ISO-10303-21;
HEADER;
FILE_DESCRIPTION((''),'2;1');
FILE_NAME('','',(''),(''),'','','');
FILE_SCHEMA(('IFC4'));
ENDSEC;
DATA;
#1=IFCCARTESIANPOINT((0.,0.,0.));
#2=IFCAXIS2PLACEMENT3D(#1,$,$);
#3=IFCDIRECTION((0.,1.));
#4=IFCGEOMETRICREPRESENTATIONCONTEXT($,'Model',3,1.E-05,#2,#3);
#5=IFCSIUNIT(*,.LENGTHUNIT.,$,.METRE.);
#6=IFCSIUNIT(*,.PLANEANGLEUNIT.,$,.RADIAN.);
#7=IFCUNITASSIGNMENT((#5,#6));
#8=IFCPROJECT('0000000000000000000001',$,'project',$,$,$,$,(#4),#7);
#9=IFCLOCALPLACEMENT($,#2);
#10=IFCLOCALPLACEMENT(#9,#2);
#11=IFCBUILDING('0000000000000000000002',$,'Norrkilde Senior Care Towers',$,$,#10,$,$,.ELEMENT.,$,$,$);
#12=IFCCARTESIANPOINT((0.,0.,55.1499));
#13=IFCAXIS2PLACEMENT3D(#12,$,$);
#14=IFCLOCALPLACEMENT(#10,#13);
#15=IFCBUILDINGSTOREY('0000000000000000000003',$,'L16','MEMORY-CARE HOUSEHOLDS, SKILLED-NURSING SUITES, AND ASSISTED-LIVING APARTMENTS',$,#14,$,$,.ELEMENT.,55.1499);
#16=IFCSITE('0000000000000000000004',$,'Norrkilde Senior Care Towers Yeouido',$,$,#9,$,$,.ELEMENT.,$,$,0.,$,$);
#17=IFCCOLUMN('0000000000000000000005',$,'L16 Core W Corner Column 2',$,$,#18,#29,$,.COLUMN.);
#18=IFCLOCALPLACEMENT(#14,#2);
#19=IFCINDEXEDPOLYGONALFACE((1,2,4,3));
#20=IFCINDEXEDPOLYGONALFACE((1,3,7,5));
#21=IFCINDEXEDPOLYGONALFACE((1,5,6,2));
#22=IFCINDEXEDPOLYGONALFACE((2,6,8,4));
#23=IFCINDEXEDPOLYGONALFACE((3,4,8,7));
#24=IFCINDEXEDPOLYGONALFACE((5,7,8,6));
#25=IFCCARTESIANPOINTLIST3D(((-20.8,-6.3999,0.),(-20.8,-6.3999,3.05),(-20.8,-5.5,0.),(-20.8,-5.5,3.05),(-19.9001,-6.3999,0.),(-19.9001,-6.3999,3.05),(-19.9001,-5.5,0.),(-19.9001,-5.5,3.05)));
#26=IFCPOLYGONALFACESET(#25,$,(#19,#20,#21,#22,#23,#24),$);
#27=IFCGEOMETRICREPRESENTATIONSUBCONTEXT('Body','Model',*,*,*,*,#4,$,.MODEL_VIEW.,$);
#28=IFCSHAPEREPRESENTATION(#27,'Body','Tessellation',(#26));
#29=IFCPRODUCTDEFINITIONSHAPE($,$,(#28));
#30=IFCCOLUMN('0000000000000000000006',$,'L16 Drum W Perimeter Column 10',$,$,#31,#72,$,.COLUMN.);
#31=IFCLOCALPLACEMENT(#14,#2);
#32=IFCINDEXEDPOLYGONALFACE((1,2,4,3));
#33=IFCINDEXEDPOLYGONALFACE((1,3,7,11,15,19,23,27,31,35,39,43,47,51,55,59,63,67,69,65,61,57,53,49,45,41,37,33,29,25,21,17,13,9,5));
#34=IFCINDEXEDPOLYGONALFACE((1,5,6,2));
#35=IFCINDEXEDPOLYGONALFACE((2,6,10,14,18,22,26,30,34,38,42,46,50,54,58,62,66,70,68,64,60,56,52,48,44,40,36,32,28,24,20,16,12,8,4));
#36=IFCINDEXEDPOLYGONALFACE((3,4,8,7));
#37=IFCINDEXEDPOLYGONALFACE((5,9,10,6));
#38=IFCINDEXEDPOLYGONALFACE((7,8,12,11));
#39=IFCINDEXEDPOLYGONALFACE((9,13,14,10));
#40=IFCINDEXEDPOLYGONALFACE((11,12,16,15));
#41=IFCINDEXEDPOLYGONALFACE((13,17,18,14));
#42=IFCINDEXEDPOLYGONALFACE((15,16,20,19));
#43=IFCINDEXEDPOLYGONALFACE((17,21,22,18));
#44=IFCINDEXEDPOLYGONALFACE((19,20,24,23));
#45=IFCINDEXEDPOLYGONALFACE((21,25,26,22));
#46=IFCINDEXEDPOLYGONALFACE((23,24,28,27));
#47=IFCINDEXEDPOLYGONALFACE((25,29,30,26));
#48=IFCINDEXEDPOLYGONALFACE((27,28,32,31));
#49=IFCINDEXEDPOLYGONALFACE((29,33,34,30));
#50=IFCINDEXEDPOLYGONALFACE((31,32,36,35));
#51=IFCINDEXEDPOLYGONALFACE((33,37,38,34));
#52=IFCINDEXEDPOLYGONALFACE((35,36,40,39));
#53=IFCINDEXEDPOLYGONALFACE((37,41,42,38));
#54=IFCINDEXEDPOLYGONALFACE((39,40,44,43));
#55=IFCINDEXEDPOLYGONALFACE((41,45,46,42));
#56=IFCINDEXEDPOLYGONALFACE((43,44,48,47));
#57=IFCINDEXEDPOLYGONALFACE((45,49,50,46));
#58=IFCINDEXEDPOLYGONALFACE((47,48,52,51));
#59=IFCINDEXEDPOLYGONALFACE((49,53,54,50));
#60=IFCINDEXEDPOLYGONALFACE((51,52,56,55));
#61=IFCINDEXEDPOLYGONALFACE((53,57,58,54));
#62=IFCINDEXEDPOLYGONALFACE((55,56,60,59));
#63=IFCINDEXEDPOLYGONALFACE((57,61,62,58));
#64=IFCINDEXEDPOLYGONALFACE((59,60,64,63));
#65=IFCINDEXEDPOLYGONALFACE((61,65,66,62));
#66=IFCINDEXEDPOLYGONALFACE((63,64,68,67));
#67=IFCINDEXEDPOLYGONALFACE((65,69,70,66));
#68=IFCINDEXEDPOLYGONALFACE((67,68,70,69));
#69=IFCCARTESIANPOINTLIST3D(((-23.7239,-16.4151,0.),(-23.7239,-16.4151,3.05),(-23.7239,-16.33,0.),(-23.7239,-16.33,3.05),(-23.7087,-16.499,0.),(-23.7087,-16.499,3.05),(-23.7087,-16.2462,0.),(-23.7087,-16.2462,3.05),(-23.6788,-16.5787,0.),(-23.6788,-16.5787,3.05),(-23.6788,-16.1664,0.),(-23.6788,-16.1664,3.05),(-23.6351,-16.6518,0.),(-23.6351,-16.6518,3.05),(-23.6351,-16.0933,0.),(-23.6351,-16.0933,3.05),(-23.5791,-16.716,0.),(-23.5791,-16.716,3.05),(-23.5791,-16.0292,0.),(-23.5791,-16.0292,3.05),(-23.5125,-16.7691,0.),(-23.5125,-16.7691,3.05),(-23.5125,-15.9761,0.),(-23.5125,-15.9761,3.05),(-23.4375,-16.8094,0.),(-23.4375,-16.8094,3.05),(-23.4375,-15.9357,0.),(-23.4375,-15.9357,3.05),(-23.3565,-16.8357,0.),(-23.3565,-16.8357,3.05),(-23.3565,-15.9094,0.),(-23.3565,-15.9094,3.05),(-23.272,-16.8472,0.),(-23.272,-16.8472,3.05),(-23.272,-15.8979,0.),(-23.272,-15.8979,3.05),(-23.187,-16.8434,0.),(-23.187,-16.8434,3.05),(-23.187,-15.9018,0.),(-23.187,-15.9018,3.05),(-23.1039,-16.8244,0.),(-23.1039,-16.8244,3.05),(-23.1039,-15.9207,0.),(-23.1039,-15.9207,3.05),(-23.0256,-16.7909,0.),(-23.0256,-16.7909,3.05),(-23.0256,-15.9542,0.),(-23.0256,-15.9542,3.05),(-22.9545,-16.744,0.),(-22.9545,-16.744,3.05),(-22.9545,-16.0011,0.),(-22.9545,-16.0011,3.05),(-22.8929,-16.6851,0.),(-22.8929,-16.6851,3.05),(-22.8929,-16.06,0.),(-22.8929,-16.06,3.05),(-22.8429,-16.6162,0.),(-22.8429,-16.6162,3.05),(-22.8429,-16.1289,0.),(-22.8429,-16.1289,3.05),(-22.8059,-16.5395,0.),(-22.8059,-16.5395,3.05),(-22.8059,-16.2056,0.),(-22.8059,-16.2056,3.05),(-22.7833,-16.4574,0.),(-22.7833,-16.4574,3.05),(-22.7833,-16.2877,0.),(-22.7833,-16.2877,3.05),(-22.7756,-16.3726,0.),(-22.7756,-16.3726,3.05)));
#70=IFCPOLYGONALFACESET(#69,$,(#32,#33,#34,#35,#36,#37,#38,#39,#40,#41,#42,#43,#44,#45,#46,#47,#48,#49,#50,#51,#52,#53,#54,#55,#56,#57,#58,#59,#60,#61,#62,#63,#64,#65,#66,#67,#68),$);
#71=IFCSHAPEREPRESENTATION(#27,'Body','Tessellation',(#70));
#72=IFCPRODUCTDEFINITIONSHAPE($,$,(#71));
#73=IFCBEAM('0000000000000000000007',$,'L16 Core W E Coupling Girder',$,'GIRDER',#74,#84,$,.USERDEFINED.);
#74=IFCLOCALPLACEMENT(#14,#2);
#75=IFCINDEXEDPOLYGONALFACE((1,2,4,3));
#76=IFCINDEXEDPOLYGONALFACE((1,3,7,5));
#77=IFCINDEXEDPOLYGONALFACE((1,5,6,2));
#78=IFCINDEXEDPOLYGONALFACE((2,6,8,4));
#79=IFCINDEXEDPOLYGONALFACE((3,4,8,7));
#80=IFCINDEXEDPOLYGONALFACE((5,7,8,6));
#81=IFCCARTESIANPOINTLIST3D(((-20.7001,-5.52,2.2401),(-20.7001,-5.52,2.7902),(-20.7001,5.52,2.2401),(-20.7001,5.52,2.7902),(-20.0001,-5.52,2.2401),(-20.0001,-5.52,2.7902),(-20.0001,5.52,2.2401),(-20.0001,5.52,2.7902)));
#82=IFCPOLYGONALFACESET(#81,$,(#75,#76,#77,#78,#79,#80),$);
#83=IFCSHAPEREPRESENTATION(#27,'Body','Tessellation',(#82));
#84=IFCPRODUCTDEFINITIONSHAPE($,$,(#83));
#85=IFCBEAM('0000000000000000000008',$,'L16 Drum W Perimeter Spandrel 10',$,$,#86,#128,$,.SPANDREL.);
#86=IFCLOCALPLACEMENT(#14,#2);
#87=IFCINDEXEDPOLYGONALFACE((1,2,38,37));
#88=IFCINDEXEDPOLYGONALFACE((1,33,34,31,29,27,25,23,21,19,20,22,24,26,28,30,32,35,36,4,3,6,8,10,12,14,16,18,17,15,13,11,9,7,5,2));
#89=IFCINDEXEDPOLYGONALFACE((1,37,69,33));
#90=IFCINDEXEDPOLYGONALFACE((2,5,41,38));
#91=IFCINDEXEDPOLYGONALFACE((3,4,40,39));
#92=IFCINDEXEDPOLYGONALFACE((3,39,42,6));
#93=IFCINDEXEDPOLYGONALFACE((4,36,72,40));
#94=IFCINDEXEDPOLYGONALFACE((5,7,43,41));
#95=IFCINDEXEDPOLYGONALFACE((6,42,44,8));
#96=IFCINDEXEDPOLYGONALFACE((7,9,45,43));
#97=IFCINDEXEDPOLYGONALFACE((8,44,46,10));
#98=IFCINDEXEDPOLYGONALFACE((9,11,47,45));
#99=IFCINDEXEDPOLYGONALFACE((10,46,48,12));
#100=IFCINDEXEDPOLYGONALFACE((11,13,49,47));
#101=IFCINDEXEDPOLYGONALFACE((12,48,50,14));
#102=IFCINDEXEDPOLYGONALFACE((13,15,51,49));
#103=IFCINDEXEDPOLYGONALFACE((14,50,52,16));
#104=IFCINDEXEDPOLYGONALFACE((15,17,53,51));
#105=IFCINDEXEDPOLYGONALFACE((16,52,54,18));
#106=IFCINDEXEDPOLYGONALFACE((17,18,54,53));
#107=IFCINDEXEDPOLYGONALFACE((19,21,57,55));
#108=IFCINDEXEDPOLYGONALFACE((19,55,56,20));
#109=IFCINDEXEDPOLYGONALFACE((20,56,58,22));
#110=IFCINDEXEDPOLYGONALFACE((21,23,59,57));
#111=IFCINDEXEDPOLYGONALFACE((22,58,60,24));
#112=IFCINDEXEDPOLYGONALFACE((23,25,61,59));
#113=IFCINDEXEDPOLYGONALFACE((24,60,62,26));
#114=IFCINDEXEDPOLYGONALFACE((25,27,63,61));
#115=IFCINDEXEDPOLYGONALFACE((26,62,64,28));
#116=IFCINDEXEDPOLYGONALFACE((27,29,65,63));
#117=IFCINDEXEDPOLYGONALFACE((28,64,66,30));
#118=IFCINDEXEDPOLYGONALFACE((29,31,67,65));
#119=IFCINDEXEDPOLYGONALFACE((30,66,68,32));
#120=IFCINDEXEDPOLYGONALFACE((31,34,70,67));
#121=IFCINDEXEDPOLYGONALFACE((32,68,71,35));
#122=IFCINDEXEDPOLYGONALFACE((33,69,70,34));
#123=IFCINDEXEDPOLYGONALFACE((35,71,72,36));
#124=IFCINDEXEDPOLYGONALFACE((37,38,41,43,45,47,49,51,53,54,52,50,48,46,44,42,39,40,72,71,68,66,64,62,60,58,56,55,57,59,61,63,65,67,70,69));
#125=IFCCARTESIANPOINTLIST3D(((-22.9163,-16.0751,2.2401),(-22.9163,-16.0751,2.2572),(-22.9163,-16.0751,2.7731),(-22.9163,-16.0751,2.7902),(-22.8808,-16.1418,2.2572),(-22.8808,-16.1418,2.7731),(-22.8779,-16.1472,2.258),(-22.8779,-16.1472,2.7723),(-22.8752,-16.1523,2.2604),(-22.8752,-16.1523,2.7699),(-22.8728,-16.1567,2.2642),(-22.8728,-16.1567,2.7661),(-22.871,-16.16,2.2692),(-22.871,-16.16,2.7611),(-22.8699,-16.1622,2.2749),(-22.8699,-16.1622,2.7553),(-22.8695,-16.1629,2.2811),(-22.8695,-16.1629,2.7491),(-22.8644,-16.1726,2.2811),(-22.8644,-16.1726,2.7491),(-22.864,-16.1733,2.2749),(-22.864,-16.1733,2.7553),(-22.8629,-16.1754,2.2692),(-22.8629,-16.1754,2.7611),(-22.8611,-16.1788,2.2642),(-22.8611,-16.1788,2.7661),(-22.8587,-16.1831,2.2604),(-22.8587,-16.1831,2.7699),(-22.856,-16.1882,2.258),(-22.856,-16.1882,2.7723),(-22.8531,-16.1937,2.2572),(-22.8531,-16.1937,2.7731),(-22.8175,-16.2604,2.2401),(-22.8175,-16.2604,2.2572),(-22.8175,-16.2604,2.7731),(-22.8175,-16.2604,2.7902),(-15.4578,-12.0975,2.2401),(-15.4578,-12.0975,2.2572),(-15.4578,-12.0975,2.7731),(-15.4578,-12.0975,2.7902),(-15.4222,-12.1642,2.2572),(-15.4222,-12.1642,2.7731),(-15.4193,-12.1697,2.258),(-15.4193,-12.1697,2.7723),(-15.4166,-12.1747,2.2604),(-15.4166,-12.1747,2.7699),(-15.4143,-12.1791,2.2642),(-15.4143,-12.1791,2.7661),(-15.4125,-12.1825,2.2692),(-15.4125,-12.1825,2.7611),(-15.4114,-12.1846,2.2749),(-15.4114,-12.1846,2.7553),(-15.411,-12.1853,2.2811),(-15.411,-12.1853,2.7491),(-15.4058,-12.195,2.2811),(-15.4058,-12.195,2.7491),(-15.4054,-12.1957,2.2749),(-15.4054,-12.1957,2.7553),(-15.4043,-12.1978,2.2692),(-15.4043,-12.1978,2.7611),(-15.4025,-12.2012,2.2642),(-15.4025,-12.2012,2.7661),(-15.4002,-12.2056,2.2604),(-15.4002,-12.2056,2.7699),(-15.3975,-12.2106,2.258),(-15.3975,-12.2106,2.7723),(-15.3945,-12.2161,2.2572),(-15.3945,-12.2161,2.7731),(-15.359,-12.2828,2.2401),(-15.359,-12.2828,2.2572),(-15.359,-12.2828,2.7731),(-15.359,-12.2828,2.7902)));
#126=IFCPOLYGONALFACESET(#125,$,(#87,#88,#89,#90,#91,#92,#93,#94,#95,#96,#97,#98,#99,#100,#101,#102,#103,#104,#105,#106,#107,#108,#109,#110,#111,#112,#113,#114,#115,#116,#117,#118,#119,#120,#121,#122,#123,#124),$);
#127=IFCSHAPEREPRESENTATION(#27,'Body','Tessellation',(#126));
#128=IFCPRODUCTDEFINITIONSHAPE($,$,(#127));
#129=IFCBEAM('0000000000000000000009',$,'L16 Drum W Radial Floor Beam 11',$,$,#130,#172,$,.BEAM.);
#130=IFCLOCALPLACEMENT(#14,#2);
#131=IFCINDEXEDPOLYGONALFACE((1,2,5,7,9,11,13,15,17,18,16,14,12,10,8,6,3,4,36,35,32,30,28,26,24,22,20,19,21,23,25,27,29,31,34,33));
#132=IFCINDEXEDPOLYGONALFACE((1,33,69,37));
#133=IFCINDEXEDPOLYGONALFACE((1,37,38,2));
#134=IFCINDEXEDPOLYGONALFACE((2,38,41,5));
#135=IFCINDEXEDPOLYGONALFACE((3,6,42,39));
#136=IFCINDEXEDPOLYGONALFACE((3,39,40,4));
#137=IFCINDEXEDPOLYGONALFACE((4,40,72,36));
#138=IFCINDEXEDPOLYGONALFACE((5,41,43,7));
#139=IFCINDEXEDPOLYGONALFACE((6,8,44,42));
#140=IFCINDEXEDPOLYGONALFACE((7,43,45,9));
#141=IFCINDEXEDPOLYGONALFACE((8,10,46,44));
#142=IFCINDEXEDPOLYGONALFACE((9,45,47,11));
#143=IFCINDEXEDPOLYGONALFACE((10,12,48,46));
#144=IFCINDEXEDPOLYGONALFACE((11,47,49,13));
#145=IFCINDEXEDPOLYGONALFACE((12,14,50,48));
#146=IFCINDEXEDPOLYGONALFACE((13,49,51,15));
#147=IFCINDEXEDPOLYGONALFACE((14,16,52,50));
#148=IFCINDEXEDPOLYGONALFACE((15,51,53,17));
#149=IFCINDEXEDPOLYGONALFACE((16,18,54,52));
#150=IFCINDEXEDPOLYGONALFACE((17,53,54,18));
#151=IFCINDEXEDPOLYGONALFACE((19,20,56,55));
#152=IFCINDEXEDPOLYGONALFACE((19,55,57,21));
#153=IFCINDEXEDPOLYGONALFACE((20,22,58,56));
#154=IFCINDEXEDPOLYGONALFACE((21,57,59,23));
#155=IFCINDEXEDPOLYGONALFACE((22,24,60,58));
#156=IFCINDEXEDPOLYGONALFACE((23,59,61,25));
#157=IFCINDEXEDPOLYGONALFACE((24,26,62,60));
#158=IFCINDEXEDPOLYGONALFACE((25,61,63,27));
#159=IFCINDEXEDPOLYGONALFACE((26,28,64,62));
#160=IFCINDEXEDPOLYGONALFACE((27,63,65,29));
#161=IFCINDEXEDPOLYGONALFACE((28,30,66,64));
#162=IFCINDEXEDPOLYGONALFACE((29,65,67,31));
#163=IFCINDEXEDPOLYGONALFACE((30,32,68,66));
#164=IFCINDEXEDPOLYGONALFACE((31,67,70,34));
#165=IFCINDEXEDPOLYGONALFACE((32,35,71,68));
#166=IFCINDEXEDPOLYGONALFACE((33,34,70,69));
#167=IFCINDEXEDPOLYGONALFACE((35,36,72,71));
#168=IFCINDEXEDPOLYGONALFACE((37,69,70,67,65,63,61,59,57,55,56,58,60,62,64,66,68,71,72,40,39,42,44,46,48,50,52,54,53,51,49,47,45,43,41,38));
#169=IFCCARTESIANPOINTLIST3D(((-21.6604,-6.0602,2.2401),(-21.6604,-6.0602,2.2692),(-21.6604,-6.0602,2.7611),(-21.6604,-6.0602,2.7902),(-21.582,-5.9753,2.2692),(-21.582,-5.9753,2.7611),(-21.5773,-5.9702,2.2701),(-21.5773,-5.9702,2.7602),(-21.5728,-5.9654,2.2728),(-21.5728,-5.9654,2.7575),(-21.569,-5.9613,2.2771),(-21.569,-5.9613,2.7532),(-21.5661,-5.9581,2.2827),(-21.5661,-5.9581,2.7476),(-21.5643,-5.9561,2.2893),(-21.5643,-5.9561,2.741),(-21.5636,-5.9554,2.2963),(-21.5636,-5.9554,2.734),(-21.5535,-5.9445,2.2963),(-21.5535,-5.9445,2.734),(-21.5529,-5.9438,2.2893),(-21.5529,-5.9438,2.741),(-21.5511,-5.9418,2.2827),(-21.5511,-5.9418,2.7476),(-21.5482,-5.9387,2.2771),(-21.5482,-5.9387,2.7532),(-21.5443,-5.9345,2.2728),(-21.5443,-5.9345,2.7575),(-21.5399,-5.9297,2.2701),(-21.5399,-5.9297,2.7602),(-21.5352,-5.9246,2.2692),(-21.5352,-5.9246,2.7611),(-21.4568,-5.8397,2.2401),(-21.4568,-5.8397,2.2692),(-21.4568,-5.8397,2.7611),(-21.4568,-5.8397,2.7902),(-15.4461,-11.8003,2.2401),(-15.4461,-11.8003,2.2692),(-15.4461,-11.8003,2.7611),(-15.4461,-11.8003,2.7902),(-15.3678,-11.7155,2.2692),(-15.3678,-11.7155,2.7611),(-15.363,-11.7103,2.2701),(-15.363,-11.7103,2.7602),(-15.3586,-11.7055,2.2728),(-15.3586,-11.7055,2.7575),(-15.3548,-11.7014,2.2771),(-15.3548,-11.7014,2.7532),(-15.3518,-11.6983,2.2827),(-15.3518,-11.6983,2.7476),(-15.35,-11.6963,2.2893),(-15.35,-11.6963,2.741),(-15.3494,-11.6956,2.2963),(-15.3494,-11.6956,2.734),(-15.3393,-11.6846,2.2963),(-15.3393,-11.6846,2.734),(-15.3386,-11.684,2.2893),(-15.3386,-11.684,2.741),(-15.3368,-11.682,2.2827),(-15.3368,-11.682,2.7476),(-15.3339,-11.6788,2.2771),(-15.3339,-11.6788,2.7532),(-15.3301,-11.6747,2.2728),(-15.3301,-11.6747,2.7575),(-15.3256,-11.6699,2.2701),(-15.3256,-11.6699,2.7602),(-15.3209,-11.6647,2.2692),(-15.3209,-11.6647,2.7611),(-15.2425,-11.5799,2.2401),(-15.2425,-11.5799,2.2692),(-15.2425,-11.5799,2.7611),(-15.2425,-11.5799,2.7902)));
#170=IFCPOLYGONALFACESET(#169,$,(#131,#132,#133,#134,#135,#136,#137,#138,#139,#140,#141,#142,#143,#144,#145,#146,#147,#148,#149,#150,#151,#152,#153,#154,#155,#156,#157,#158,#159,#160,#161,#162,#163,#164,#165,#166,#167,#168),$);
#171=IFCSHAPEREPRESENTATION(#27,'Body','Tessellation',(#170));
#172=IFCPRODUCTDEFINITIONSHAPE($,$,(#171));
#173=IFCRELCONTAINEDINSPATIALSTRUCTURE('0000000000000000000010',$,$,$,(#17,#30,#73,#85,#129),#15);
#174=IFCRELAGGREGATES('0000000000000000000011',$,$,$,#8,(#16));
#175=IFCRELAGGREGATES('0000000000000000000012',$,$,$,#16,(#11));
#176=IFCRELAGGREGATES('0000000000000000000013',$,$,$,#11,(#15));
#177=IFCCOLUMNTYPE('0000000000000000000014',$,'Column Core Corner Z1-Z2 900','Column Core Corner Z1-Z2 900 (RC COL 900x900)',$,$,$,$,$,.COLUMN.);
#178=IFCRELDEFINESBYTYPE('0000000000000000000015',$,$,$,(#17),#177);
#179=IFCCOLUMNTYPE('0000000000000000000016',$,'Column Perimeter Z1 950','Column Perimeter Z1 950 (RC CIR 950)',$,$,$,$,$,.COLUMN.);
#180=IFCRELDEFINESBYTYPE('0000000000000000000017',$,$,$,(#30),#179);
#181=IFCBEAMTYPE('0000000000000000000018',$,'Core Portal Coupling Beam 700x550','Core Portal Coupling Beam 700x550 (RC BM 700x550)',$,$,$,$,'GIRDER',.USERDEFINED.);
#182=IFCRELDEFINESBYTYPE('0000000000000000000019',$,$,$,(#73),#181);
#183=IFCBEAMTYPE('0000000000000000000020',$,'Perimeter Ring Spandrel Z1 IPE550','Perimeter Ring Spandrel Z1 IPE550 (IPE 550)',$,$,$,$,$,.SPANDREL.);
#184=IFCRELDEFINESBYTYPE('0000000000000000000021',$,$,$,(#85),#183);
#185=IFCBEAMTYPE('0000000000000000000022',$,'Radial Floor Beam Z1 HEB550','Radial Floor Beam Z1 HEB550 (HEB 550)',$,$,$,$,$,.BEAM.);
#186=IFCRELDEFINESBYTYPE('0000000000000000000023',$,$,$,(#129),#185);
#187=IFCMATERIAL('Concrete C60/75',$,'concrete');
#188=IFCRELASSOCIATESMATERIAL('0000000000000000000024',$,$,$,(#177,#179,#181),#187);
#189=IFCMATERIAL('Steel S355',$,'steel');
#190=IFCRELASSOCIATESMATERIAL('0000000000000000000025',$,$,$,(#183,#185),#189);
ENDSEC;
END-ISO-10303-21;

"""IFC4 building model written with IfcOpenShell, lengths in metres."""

from ifc_helpers import new_model, si_unit, direction, frame, origin, origin_2d, place, context, subcontext, project, spatial, rectangle, circle, i_section, extrude, source, transform, mapped, material, material_profile, profile_set, type_object, type_shapes, element, save


model = new_model("IFC4")

# Units and contexts
model_context = context("Model", 3, precision=1e-05, world=origin(), true_north=direction((0.0, 1.0)))
body_context = subcontext(model_context, "Body", "Model", "MODEL_VIEW")
ifc_project = project(units=[si_unit("LENGTHUNIT", "METRE"), si_unit("PLANEANGLEUNIT", "RADIAN")], contexts=[model_context])

# Site, building, storey
site_placement = place(None, origin())
site = spatial("IfcSite", under=ifc_project, at=site_placement, Name="Norrkilde Senior Care Towers Yeouido", CompositionType="ELEMENT", RefElevation=0.0)
building_placement = place(site_placement, origin())
building = spatial("IfcBuilding", under=site, at=building_placement, Name="Norrkilde Senior Care Towers", CompositionType="ELEMENT")
storey_placement = place(building_placement, frame((0.0, 0.0, 55.1499)))
storey = spatial("IfcBuildingStorey", under=building, at=storey_placement, Name="L16", Description="MEMORY-CARE HOUSEHOLDS, SKILLED-NURSING SUITES, AND ASSISTED-LIVING APARTMENTS", CompositionType="ELEMENT", Elevation=55.1499)

# Columns
ifc_material_1 = material(Name="Concrete C60/75", Category="concrete")
ifc_material_profile_1 = material_profile(ifc_material_1, rectangle(XDim=0.8999, YDim=0.8999, at=origin_2d()), Name="RC COL 900x900")
ifc_profile_set_1 = profile_set([ifc_material_profile_1], Name="Concrete C60/75")
column_type_1 = type_object("IfcColumnType", Name="Column Core Corner Z1-Z2 900", Description="Column Core Corner Z1-Z2 900 (RC COL 900x900)", PredefinedType="COLUMN", material=ifc_profile_set_1)
shared_shape_1 = source(origin(), body_context, "Body", "SweptSolid", [
    extrude(rectangle(XDim=0.8999, YDim=0.8999, at=origin_2d()), origin(), (0.0, 0.0, 1.0), 3.05),
])
type_shapes(column_type_1, [shared_shape_1])
column_1_placement = place(storey_placement, frame((-20.3501, -5.95, 0.0), z_axis=(0.0, 0.0, 1.0), x_axis=(1.0, 0.0, 0.0)))
element("IfcColumn", 1, at=column_1_placement, inside=storey, type_object=column_type_1, Name="L16 Core W Corner Column 2", PredefinedType="COLUMN", context=body_context, shape_type="MappedRepresentation", body=[
    mapped(shared_shape_1, transform((0.0, 0.0, 0.0), x_axis=(1.0, 0.0, 0.0), y_axis=(0.0, 1.0, 0.0), z_axis=(0.0, 0.0, 1.0), scale=1.0)),
])
ifc_material_profile_2 = material_profile(ifc_material_1, circle(Radius=0.4751, at=origin_2d()), Name="RC CIR 950")
ifc_profile_set_2 = profile_set([ifc_material_profile_2], Name="Concrete C60/75")
column_type_2 = type_object("IfcColumnType", Name="Column Perimeter Z1 950", Description="Column Perimeter Z1 950 (RC CIR 950)", PredefinedType="COLUMN", material=ifc_profile_set_2)
shared_shape_2 = source(origin(), body_context, "Body", "SweptSolid", [
    extrude(circle(Radius=0.4751, at=origin_2d()), origin(), (0.0, 0.0, 1.0), 3.05),
])
type_shapes(column_type_2, [shared_shape_2])
column_2_placement = place(storey_placement, frame((-23.2507, -16.3726, 0.0), z_axis=(0.0, 0.0, 1.0), x_axis=(1.0, 0.0, 0.0)))
element("IfcColumn", 2, at=column_2_placement, inside=storey, type_object=column_type_2, Name="L16 Drum W Perimeter Column 10", PredefinedType="COLUMN", context=body_context, shape_type="MappedRepresentation", body=[
    mapped(shared_shape_2, transform((0.0, 0.0, 0.0), x_axis=(1.0, 0.0, 0.0), y_axis=(0.0, 1.0, 0.0), z_axis=(0.0, 0.0, 1.0), scale=1.0)),
])

# Beams
ifc_material_profile_3 = material_profile(ifc_material_1, rectangle(XDim=0.7, YDim=0.55, at=origin_2d()), Name="RC BM 700x550")
ifc_profile_set_3 = profile_set([ifc_material_profile_3], Name="Concrete C60/75")
beam_type_1 = type_object("IfcBeamType", Name="Core Portal Coupling Beam 700x550", Description="Core Portal Coupling Beam 700x550 (RC BM 700x550)", ElementType="GIRDER", PredefinedType="USERDEFINED", material=ifc_profile_set_3)
shared_shape_3 = source(origin(), body_context, "Body", "SweptSolid", [
    extrude(rectangle(XDim=0.7, YDim=0.55, at=origin_2d()), origin(), (0.0, 0.0, 1.0), 11.04),
])
type_shapes(beam_type_1, [shared_shape_3])
beam_1_placement = place(storey_placement, frame((-20.3501, -5.52, 2.5151), z_axis=(0.0, 1.0, 0.0), x_axis=(-1.0, 0.0, 0.0)))
element("IfcBeam", 3, at=beam_1_placement, inside=storey, type_object=beam_type_1, Name="L16 Core W E Coupling Girder", ObjectType="GIRDER", PredefinedType="USERDEFINED", context=body_context, shape_type="MappedRepresentation", body=[
    mapped(shared_shape_3, transform((0.0, 0.0, 0.0), x_axis=(1.0, 0.0, 0.0), y_axis=(0.0, 1.0, 0.0), z_axis=(0.0, 0.0, 1.0), scale=1.0)),
])
ifc_material_2 = material(Name="Steel S355", Category="steel")
ifc_material_profile_4 = material_profile(ifc_material_2, i_section(OverallWidth=0.21, OverallDepth=0.55, WebThickness=0.011, FlangeThickness=0.0171, FilletRadius=0.0239, at=origin_2d()), Name="IPE 550")
ifc_profile_set_4 = profile_set([ifc_material_profile_4], Name="Steel S355")
beam_type_2 = type_object("IfcBeamType", Name="Perimeter Ring Spandrel Z1 IPE550", Description="Perimeter Ring Spandrel Z1 IPE550 (IPE 550)", PredefinedType="SPANDREL", material=ifc_profile_set_4)
shared_shape_4 = source(origin(), body_context, "Body", "SweptSolid", [
    extrude(i_section(OverallWidth=0.21, OverallDepth=0.55, WebThickness=0.011, FlangeThickness=0.0171, FilletRadius=0.0239, at=origin_2d()), origin(), (0.0, 0.0, 1.0), 8.4529),
])
type_shapes(beam_type_2, [shared_shape_4])
beam_2_placement = place(storey_placement, frame((-22.8669, -16.1677, 2.5151), z_axis=(0.882369, 0.470558, 0.0), x_axis=(-0.470558, 0.882369, 0.0)))
element("IfcBeam", 4, at=beam_2_placement, inside=storey, type_object=beam_type_2, Name="L16 Drum W Perimeter Spandrel 10", PredefinedType="SPANDREL", context=body_context, shape_type="MappedRepresentation", body=[
    mapped(shared_shape_4, transform((0.0, 0.0, 0.0), x_axis=(1.0, 0.0, 0.0), y_axis=(0.0, 1.0, 0.0), z_axis=(0.0, 0.0, 1.0), scale=1.0)),
])
ifc_material_profile_5 = material_profile(ifc_material_2, i_section(OverallWidth=0.3, OverallDepth=0.55, WebThickness=0.0149, FlangeThickness=0.0291, FilletRadius=0.0271, at=origin_2d()), Name="HEB 550")
ifc_profile_set_5 = profile_set([ifc_material_profile_5], Name="Steel S355")
beam_type_3 = type_object("IfcBeamType", Name="Radial Floor Beam Z1 HEB550", Description="Radial Floor Beam Z1 HEB550 (HEB 550)", PredefinedType="BEAM", material=ifc_profile_set_5)
shared_shape_5 = source(origin(), body_context, "Body", "SweptSolid", [
    extrude(i_section(OverallWidth=0.3, OverallDepth=0.55, WebThickness=0.0149, FlangeThickness=0.0291, FilletRadius=0.0271, at=origin_2d()), origin(), (0.0, 0.0, 1.0), 8.4597),
])
type_shapes(beam_type_3, [shared_shape_5])
beam_3_placement = place(storey_placement, frame((-21.5586, -5.95, 2.5151), z_axis=(0.734573, -0.678529, 0.0), x_axis=(0.678529, 0.734573, 0.0)))
element("IfcBeam", 5, at=beam_3_placement, inside=storey, type_object=beam_type_3, Name="L16 Drum W Radial Floor Beam 11", PredefinedType="BEAM", context=body_context, shape_type="MappedRepresentation", body=[
    mapped(shared_shape_5, transform((0.0, 0.0, 0.0), x_axis=(1.0, 0.0, 0.0), y_axis=(0.0, 1.0, 0.0), z_axis=(0.0, 0.0, 1.0), scale=1.0)),
])

save(model, "model.ifc")
